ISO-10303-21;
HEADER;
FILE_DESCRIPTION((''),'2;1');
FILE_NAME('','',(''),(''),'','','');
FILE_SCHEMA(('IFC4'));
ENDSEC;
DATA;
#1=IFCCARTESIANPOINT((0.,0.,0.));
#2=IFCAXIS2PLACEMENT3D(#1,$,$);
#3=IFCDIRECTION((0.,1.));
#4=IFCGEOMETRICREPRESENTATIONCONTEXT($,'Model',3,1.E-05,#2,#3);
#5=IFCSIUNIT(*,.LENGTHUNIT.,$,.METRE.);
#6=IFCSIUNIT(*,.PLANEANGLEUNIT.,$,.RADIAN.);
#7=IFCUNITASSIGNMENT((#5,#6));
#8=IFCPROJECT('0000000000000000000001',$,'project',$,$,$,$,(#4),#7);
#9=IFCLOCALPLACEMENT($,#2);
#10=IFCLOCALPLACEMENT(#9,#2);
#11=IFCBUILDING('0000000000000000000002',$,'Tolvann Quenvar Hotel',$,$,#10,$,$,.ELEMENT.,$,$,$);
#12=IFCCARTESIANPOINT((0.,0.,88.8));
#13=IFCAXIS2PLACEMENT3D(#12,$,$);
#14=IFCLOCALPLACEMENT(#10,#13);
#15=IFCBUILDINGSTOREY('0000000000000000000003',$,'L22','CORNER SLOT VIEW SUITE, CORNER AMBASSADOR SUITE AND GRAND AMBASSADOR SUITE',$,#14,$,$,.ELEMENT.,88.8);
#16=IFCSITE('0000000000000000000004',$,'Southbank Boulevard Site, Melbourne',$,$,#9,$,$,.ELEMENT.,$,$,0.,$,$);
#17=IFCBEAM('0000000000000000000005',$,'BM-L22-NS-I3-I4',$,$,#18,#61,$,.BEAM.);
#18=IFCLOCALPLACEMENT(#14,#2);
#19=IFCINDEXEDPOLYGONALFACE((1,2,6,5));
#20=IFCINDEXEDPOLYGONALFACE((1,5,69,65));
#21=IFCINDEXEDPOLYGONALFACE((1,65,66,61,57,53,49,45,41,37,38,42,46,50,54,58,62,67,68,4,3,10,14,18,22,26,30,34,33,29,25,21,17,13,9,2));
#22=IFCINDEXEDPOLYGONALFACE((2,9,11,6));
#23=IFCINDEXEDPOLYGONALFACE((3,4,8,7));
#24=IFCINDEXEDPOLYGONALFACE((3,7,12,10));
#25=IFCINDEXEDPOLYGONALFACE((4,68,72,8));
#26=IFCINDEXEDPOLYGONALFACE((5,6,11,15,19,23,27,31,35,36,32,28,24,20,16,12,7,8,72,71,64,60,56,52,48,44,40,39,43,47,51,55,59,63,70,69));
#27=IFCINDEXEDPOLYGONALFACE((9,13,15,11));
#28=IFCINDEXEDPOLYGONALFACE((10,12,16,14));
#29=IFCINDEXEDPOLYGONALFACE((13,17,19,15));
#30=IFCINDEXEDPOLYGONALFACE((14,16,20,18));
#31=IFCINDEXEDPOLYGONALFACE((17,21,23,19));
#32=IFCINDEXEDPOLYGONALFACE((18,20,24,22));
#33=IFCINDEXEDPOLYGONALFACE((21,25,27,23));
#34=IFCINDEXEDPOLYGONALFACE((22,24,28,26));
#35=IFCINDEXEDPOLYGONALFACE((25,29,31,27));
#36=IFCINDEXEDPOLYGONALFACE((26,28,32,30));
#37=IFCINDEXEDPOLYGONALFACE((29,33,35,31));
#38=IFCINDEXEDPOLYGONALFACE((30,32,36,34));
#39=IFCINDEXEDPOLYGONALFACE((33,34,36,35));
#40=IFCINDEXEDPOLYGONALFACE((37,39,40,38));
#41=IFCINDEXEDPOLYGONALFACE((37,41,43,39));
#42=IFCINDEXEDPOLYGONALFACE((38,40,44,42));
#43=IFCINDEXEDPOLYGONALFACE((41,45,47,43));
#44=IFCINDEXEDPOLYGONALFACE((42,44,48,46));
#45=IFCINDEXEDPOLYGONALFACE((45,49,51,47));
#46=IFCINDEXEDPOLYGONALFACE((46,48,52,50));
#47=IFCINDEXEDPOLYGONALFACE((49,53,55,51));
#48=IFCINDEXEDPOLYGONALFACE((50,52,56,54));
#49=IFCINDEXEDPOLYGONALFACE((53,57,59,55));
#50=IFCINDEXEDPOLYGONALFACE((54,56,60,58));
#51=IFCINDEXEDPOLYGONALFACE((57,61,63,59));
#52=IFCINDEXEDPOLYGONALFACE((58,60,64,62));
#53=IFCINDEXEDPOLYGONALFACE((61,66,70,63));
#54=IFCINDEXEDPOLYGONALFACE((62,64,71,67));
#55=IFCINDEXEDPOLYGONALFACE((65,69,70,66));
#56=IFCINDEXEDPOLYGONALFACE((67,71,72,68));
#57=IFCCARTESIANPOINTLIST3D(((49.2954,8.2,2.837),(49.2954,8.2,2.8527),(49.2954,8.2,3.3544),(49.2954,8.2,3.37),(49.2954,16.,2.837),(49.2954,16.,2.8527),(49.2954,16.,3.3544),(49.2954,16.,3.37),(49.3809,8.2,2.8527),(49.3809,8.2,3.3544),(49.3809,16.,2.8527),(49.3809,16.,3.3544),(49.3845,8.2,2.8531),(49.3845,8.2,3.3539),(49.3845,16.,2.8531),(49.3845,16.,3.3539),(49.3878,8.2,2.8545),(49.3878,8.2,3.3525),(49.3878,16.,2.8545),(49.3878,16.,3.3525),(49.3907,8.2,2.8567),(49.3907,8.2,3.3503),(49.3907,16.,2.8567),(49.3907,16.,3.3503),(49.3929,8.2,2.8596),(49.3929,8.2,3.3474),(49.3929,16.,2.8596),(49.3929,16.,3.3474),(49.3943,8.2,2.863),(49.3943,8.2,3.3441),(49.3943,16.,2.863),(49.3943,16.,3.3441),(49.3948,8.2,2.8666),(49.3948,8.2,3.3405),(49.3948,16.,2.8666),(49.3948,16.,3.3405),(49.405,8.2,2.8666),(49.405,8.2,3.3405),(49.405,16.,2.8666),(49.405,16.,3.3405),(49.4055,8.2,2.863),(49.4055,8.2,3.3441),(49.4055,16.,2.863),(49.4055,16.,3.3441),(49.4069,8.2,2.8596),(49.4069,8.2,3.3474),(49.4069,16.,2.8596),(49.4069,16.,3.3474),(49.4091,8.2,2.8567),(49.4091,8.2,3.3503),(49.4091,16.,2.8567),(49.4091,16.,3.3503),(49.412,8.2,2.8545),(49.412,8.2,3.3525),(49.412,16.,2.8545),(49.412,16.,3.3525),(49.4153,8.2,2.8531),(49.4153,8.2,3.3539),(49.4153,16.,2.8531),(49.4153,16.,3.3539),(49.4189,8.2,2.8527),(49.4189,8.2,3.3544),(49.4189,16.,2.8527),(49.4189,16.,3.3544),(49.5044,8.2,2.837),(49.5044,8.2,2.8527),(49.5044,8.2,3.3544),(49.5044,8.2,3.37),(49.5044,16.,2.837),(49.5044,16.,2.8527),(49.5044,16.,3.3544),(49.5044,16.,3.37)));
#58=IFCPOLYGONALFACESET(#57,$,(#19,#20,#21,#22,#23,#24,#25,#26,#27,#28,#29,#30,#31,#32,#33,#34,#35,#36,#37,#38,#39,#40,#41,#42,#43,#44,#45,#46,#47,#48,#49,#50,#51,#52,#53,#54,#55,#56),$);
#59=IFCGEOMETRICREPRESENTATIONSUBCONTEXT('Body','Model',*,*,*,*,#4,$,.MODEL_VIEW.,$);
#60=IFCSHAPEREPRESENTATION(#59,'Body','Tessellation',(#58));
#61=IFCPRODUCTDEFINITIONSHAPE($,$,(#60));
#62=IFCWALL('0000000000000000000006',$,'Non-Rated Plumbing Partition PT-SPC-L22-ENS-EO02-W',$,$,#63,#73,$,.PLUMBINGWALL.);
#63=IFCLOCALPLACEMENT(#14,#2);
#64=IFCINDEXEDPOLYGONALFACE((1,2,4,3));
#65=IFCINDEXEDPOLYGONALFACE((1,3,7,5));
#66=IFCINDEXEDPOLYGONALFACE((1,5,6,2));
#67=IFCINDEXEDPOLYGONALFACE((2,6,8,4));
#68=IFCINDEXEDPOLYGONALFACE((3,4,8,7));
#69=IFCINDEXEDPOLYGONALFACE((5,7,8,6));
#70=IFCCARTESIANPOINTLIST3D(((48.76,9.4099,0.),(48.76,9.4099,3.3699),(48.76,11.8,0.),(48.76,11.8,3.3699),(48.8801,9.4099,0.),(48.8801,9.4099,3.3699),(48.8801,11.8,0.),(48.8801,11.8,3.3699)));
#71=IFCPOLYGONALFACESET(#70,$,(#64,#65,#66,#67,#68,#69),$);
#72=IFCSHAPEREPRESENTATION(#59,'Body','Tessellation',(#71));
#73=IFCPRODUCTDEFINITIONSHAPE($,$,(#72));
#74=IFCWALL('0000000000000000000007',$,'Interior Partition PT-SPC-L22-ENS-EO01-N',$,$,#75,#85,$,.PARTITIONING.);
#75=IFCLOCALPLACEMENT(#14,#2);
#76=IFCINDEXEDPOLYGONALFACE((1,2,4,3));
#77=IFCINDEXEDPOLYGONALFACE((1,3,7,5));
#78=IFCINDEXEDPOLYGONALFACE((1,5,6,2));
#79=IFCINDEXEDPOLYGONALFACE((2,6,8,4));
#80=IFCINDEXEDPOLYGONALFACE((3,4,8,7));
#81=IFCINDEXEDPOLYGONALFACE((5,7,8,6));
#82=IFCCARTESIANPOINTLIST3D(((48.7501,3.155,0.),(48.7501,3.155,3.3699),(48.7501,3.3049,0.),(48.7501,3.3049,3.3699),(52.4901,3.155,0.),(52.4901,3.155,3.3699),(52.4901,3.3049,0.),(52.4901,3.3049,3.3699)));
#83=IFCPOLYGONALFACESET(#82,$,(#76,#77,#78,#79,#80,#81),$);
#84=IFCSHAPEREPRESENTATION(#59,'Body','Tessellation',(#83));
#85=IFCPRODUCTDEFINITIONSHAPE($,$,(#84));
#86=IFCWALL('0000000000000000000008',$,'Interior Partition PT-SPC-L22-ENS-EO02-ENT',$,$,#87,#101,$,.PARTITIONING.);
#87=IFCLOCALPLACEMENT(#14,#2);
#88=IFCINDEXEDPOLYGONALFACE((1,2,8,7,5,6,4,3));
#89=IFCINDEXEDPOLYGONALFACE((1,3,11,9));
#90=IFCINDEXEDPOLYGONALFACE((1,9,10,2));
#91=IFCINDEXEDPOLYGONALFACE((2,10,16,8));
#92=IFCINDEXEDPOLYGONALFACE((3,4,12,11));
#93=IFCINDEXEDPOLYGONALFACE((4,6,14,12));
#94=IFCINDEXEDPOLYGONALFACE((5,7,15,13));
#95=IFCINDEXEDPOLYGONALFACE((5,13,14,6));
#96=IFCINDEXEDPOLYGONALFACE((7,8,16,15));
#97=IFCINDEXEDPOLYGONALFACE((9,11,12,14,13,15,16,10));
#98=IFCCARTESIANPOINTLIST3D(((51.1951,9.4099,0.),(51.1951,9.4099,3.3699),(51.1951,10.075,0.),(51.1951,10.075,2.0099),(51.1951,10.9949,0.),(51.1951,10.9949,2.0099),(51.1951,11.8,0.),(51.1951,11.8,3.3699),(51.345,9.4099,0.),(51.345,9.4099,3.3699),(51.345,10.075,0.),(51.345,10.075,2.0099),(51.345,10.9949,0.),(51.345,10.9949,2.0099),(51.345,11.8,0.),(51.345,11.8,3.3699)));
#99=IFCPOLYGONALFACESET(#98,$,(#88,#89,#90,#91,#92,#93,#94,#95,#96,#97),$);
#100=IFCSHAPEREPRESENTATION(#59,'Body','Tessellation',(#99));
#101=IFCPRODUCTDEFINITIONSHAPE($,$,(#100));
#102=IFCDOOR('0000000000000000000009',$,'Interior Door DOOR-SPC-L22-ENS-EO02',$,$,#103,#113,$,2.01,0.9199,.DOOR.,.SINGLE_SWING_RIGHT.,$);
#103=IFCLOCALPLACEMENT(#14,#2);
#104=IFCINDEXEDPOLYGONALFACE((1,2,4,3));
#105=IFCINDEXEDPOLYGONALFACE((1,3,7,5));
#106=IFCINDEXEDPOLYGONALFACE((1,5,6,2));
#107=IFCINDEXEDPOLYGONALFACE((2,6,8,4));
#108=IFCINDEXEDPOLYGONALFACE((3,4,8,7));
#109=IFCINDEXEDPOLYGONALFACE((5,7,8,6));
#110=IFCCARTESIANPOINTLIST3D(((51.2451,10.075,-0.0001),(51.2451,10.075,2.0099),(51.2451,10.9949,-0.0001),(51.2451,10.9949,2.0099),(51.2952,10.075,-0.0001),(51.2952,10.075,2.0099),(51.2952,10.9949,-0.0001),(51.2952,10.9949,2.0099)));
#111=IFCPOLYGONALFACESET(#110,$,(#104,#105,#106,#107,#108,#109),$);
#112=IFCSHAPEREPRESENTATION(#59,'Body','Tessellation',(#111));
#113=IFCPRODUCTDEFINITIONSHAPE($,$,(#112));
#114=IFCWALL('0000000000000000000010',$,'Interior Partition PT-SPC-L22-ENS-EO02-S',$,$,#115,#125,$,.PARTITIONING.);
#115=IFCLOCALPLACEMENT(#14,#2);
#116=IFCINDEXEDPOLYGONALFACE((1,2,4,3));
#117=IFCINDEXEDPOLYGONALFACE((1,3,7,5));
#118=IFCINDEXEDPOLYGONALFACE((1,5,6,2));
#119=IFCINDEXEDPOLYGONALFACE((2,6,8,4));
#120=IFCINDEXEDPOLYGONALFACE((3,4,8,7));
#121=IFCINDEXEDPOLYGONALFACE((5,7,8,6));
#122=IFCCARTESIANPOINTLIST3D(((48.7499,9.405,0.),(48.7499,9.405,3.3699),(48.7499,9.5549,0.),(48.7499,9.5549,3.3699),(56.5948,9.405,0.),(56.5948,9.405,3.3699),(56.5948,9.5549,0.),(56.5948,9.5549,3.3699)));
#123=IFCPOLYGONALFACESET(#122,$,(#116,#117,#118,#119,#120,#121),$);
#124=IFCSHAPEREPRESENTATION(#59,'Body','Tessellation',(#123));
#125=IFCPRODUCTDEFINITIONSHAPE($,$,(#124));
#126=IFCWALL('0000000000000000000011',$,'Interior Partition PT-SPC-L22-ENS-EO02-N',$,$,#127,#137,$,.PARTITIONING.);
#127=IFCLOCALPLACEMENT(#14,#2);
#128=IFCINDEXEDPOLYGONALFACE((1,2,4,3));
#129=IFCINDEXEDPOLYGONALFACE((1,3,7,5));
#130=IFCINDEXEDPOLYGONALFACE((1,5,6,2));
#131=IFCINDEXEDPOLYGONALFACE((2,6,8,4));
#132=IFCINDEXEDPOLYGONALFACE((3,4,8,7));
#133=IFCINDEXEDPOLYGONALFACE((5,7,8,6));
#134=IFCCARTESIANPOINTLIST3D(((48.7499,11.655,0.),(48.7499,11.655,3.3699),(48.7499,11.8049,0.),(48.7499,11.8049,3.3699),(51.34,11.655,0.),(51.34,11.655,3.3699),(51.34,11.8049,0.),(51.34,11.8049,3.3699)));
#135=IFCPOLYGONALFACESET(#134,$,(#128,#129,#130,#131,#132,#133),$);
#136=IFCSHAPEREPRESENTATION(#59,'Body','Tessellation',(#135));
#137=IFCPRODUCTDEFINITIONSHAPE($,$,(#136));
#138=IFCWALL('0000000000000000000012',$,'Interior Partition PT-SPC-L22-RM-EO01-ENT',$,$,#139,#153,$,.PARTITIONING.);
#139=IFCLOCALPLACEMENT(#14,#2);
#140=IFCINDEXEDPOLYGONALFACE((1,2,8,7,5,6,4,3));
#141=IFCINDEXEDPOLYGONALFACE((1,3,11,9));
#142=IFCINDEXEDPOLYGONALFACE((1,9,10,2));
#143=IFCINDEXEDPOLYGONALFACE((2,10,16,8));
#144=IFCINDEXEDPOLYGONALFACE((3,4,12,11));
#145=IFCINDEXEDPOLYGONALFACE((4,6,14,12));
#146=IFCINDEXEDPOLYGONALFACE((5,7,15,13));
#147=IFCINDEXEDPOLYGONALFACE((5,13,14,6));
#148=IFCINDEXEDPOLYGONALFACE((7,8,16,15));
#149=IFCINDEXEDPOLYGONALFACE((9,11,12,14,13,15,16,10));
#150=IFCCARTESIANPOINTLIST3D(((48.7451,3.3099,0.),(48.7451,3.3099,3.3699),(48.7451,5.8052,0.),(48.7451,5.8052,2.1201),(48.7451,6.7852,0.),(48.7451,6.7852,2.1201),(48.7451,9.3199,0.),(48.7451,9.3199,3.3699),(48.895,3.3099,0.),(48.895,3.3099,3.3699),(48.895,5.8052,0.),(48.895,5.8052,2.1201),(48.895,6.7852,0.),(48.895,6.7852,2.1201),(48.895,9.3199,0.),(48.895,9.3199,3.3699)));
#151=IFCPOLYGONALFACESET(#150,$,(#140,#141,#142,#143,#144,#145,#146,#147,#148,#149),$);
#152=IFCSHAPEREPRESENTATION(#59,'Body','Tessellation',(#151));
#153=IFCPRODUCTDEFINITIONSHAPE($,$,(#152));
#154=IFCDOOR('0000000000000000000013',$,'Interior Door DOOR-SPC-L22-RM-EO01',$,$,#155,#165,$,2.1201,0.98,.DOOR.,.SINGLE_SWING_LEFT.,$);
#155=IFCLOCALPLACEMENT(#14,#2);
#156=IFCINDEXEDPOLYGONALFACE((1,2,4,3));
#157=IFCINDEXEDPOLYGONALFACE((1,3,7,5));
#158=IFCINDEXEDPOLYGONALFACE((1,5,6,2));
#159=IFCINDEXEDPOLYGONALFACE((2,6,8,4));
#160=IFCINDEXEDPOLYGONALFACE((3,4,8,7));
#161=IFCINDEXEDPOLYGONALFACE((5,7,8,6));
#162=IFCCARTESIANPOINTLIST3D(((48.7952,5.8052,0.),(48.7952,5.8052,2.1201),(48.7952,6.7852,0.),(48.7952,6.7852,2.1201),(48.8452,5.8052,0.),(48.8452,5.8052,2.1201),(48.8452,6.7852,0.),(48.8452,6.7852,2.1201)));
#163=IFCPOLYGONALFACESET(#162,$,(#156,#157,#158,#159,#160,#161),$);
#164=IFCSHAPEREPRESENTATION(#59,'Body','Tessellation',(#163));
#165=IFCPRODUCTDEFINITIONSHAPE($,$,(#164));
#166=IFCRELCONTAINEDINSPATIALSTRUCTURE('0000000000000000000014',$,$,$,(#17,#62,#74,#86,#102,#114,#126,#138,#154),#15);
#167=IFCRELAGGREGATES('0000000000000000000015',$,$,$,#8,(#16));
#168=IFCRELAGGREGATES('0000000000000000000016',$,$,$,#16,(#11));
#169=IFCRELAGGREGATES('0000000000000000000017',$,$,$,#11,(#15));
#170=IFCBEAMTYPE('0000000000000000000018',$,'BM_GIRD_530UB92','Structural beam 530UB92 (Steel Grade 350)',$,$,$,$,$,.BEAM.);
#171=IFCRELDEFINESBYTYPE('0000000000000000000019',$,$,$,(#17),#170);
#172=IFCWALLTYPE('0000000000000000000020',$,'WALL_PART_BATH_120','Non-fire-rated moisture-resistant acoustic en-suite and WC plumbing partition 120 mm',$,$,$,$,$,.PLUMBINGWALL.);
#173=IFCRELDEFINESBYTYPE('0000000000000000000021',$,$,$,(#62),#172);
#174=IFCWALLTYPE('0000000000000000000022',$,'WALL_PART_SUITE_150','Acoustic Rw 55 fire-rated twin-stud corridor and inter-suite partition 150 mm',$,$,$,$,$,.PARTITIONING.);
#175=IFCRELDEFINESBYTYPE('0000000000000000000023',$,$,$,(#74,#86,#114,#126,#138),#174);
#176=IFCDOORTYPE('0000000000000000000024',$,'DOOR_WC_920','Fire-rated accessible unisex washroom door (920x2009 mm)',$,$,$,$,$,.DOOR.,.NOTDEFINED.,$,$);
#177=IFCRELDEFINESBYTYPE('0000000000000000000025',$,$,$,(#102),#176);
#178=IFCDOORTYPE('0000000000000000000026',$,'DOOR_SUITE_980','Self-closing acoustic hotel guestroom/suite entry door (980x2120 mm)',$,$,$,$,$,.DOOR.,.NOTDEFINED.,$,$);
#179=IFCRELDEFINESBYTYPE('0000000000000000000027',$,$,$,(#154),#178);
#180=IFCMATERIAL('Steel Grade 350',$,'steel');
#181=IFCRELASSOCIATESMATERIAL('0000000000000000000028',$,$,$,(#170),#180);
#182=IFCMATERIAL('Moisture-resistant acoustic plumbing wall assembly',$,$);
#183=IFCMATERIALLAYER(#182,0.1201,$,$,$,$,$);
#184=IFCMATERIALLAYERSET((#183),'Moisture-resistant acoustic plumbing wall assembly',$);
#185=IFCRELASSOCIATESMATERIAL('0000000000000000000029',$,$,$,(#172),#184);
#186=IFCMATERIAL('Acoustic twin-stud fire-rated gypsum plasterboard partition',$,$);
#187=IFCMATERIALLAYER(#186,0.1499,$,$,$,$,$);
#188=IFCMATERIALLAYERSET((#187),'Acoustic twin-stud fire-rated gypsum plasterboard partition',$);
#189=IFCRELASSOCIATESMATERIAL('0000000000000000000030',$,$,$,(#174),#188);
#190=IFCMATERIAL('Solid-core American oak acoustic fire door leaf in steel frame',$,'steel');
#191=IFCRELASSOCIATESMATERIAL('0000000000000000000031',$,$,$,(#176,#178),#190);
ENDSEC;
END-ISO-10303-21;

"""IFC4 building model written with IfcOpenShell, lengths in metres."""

from ifc_helpers import new_model, si_unit, direction, frame, frame_2d, origin, origin_2d, place, context, subcontext, project, spatial, rectangle, i_section, extrude, source, transform, mapped, material, layer, layer_set, material_profile, profile_set, type_object, type_shapes, element, fill, save


model = new_model("IFC4")

# Units and contexts
model_context = context("Model", 3, precision=1e-05, world=origin(), true_north=direction((0.0, 1.0)))
body_context = subcontext(model_context, "Body", "Model", "MODEL_VIEW")
ifc_project = project(units=[si_unit("LENGTHUNIT", "METRE"), si_unit("PLANEANGLEUNIT", "RADIAN")], contexts=[model_context])

# Site, building, storey
site_placement = place(None, origin())
site = spatial("IfcSite", under=ifc_project, at=site_placement, Name="Southbank Boulevard Site, Melbourne", CompositionType="ELEMENT", RefElevation=0.0)
building_placement = place(site_placement, origin())
building = spatial("IfcBuilding", under=site, at=building_placement, Name="Tolvann Quenvar Hotel", CompositionType="ELEMENT")
storey_placement = place(building_placement, frame((0.0, 0.0, 88.8)))
storey = spatial("IfcBuildingStorey", under=building, at=storey_placement, Name="L22", Description="CORNER SLOT VIEW SUITE, CORNER AMBASSADOR SUITE AND GRAND AMBASSADOR SUITE", CompositionType="ELEMENT", Elevation=88.8)

# Shared definitions
ifc_material_1 = material(Name="Steel Grade 350", Category="steel")

# Beam
ifc_material_profile_1 = material_profile(ifc_material_1, i_section(OverallWidth=0.209, OverallDepth=0.533, WebThickness=0.0103, FlangeThickness=0.0156, FilletRadius=0.0139, at=origin_2d()), Name="530UB92")
ifc_profile_set_1 = profile_set([ifc_material_profile_1], Name="Steel Grade 350")
beam_type_1 = type_object("IfcBeamType", Name="BM_GIRD_530UB92", Description="Structural beam 530UB92 (Steel Grade 350)", PredefinedType="BEAM", material=ifc_profile_set_1)
shared_shape_1 = source(origin(), body_context, "Body", "SweptSolid", [
    extrude(i_section(OverallWidth=0.209, OverallDepth=0.533, WebThickness=0.0103, FlangeThickness=0.0156, FilletRadius=0.0139, at=origin_2d()), origin(), (0.0, 0.0, 1.0), 7.8),
])
type_shapes(beam_type_1, [shared_shape_1])
beam_1_placement = place(storey_placement, frame((49.3999, 8.2, 3.1035), z_axis=(0.0, 1.0, 0.0), x_axis=(-1.0, 0.0, 0.0)))
element("IfcBeam", 1, at=beam_1_placement, inside=storey, type_object=beam_type_1, Name="BM-L22-NS-I3-I4", PredefinedType="BEAM", context=body_context, shape_type="MappedRepresentation", body=[
    mapped(shared_shape_1, transform((0.0, 0.0, 0.0), x_axis=(1.0, 0.0, 0.0), y_axis=(0.0, 1.0, 0.0), z_axis=(0.0, 0.0, 1.0), scale=1.0)),
])

# Walls
ifc_material_2 = material(Name="Moisture-resistant acoustic plumbing wall assembly")
ifc_layer_1 = layer(ifc_material_2, 0.1201)
ifc_layer_set_1 = layer_set([ifc_layer_1], Name="Moisture-resistant acoustic plumbing wall assembly")
wall_type_1 = type_object("IfcWallType", Name="WALL_PART_BATH_120", Description="Non-fire-rated moisture-resistant acoustic en-suite and WC plumbing partition 120 mm", PredefinedType="PLUMBINGWALL", material=ifc_layer_set_1)
wall_1_placement = place(storey_placement, frame((48.8201, 9.4099, 0.0), z_axis=(0.0, 0.0, 1.0), x_axis=(0.0, 1.0, 0.0)))
element("IfcWall", 2, at=wall_1_placement, inside=storey, type_object=wall_type_1, Name="Non-Rated Plumbing Partition PT-SPC-L22-ENS-EO02-W", PredefinedType="PLUMBINGWALL", context=body_context, shape_type="SweptSolid", body=[
    extrude(rectangle(XDim=2.3901, YDim=0.1201, at=frame_2d((1.1951, 0.0))), origin(), (0.0, 0.0, 1.0), 3.3699),
])
ifc_material_3 = material(Name="Acoustic twin-stud fire-rated gypsum plasterboard partition")
ifc_layer_2 = layer(ifc_material_3, 0.1499)
ifc_layer_set_2 = layer_set([ifc_layer_2], Name="Acoustic twin-stud fire-rated gypsum plasterboard partition")
wall_type_2 = type_object("IfcWallType", Name="WALL_PART_SUITE_150", Description="Acoustic Rw 55 fire-rated twin-stud corridor and inter-suite partition 150 mm", PredefinedType="PARTITIONING", material=ifc_layer_set_2)
wall_2_placement = place(storey_placement, frame((48.75, 3.23, 0.0), z_axis=(0.0, 0.0, 1.0), x_axis=(1.0, 0.0, 0.0)))
element("IfcWall", 3, at=wall_2_placement, inside=storey, type_object=wall_type_2, Name="Interior Partition PT-SPC-L22-ENS-EO01-N", PredefinedType="PARTITIONING", context=body_context, shape_type="SweptSolid", body=[
    extrude(rectangle(XDim=3.74, YDim=0.1499, at=frame_2d((1.8701, 0.0))), origin(), (0.0, 0.0, 1.0), 3.3699),
])

# Wall, opening, door
wall_3_placement = place(storey_placement, frame((51.27, 9.4099, 0.0), z_axis=(0.0, 0.0, 1.0), x_axis=(0.0, 1.0, 0.0)))
wall_3 = element("IfcWall", 4, at=wall_3_placement, inside=storey, type_object=wall_type_2, Name="Interior Partition PT-SPC-L22-ENS-EO02-ENT", PredefinedType="PARTITIONING", context=body_context, shape_type="SweptSolid", body=[
    extrude(rectangle(XDim=2.3901, YDim=0.1499, at=frame_2d((1.1951, 0.0))), origin(), (0.0, 0.0, 1.0), 3.3699),
])
opening_1_placement = place(wall_3_placement, frame((0.665, 0.0, 0.0)))
opening_1 = element("IfcOpeningElement", 5, at=opening_1_placement, cuts=wall_3, PredefinedType="OPENING", context=body_context, shape_type="SweptSolid", body=[
    extrude(rectangle(XDim=0.9199, YDim=2.01, at=frame_2d((0.46, 1.0049))), frame((0.0, 0.085, 0.0), z_axis=(0.0, -1.0, 0.0), x_axis=(1.0, 0.0, 0.0)), (0.0, 0.0, 1.0), 0.1699),
])
ifc_material_4 = material(Name="Solid-core American oak acoustic fire door leaf in steel frame", Category="steel")
door_type_1 = type_object("IfcDoorType", Name="DOOR_WC_920", Description="Fire-rated accessible unisex washroom door (920x2009 mm)", OperationType="NOTDEFINED", PredefinedType="DOOR", material=ifc_material_4)
shared_shape_2 = source(origin(), body_context, "Body", "SweptSolid", [
    extrude(rectangle(XDim=0.9199, YDim=2.01, at=frame_2d((0.46, 1.0049))), frame((0.0, 0.0249, 0.0), z_axis=(0.0, -1.0, 0.0), x_axis=(1.0, 0.0, 0.0)), (0.0, 0.0, 1.0), 0.05),
])
type_shapes(door_type_1, [shared_shape_2])
door_1_placement = place(opening_1_placement, origin())
door_1 = element("IfcDoor", 6, at=door_1_placement, inside=storey, type_object=door_type_1, Name="Interior Door DOOR-SPC-L22-ENS-EO02", OperationType="SINGLE_SWING_RIGHT", OverallHeight=2.01, OverallWidth=0.9199, PredefinedType="DOOR", context=body_context, shape_type="MappedRepresentation", body=[
    mapped(shared_shape_2, transform((0.0, 0.0, 0.0), x_axis=(1.0, 0.0, 0.0), y_axis=(0.0, 1.0, 0.0), z_axis=(0.0, 0.0, 1.0), scale=1.0)),
])
fill(opening_1, door_1)

# Walls
wall_4_placement = place(storey_placement, frame((48.75, 9.48, 0.0), z_axis=(0.0, 0.0, 1.0), x_axis=(1.0, 0.0, 0.0)))
element("IfcWall", 7, at=wall_4_placement, inside=storey, type_object=wall_type_2, Name="Interior Partition PT-SPC-L22-ENS-EO02-S", PredefinedType="PARTITIONING", context=body_context, shape_type="SweptSolid", body=[
    extrude(rectangle(XDim=7.845, YDim=0.1499, at=frame_2d((3.9224, 0.0))), origin(), (0.0, 0.0, 1.0), 3.3699),
])
wall_5_placement = place(storey_placement, frame((48.75, 11.73, 0.0), z_axis=(0.0, 0.0, 1.0), x_axis=(1.0, 0.0, 0.0)))
element("IfcWall", 8, at=wall_5_placement, inside=storey, type_object=wall_type_2, Name="Interior Partition PT-SPC-L22-ENS-EO02-N", PredefinedType="PARTITIONING", context=body_context, shape_type="SweptSolid", body=[
    extrude(rectangle(XDim=2.5901, YDim=0.1499, at=frame_2d((1.2949, 0.0))), origin(), (0.0, 0.0, 1.0), 3.3699),
])

# Wall, opening, door
wall_6_placement = place(storey_placement, frame((48.8201, 3.3101, 0.0), z_axis=(0.0, 0.0, 1.0), x_axis=(0.0, 1.0, 0.0)))
wall_6 = element("IfcWall", 9, at=wall_6_placement, inside=storey, type_object=wall_type_2, Name="Interior Partition PT-SPC-L22-RM-EO01-ENT", PredefinedType="PARTITIONING", context=body_context, shape_type="SweptSolid", body=[
    extrude(rectangle(XDim=6.01, YDim=0.1499, at=frame_2d((3.0049, 0.0))), origin(), (0.0, 0.0, 1.0), 3.3699),
])
opening_2_placement = place(wall_6_placement, frame((2.4951, 0.0, 0.0)))
opening_2 = element("IfcOpeningElement", 10, at=opening_2_placement, cuts=wall_6, PredefinedType="OPENING", context=body_context, shape_type="SweptSolid", body=[
    extrude(rectangle(XDim=0.98, YDim=2.1201, at=frame_2d((0.49, 1.0601))), frame((0.0, 0.085, 0.0), z_axis=(0.0, -1.0, 0.0), x_axis=(1.0, 0.0, 0.0)), (0.0, 0.0, 1.0), 0.1699),
])
door_type_2 = type_object("IfcDoorType", Name="DOOR_SUITE_980", Description="Self-closing acoustic hotel guestroom/suite entry door (980x2120 mm)", OperationType="NOTDEFINED", PredefinedType="DOOR", material=ifc_material_4)
shared_shape_3 = source(origin(), body_context, "Body", "SweptSolid", [
    extrude(rectangle(XDim=0.98, YDim=2.1201, at=frame_2d((0.49, 1.0601))), frame((0.0, 0.0249, 0.0), z_axis=(0.0, -1.0, 0.0), x_axis=(1.0, 0.0, 0.0)), (0.0, 0.0, 1.0), 0.05),
])
type_shapes(door_type_2, [shared_shape_3])
door_2_placement = place(opening_2_placement, origin())
door_2 = element("IfcDoor", 11, at=door_2_placement, inside=storey, type_object=door_type_2, Name="Interior Door DOOR-SPC-L22-RM-EO01", OperationType="SINGLE_SWING_LEFT", OverallHeight=2.1201, OverallWidth=0.98, PredefinedType="DOOR", context=body_context, shape_type="MappedRepresentation", body=[
    mapped(shared_shape_3, transform((0.0, 0.0, 0.0), x_axis=(1.0, 0.0, 0.0), y_axis=(0.0, 1.0, 0.0), z_axis=(0.0, 0.0, 1.0), scale=1.0)),
])
fill(opening_2, door_2)

save(model, "model.ifc")
